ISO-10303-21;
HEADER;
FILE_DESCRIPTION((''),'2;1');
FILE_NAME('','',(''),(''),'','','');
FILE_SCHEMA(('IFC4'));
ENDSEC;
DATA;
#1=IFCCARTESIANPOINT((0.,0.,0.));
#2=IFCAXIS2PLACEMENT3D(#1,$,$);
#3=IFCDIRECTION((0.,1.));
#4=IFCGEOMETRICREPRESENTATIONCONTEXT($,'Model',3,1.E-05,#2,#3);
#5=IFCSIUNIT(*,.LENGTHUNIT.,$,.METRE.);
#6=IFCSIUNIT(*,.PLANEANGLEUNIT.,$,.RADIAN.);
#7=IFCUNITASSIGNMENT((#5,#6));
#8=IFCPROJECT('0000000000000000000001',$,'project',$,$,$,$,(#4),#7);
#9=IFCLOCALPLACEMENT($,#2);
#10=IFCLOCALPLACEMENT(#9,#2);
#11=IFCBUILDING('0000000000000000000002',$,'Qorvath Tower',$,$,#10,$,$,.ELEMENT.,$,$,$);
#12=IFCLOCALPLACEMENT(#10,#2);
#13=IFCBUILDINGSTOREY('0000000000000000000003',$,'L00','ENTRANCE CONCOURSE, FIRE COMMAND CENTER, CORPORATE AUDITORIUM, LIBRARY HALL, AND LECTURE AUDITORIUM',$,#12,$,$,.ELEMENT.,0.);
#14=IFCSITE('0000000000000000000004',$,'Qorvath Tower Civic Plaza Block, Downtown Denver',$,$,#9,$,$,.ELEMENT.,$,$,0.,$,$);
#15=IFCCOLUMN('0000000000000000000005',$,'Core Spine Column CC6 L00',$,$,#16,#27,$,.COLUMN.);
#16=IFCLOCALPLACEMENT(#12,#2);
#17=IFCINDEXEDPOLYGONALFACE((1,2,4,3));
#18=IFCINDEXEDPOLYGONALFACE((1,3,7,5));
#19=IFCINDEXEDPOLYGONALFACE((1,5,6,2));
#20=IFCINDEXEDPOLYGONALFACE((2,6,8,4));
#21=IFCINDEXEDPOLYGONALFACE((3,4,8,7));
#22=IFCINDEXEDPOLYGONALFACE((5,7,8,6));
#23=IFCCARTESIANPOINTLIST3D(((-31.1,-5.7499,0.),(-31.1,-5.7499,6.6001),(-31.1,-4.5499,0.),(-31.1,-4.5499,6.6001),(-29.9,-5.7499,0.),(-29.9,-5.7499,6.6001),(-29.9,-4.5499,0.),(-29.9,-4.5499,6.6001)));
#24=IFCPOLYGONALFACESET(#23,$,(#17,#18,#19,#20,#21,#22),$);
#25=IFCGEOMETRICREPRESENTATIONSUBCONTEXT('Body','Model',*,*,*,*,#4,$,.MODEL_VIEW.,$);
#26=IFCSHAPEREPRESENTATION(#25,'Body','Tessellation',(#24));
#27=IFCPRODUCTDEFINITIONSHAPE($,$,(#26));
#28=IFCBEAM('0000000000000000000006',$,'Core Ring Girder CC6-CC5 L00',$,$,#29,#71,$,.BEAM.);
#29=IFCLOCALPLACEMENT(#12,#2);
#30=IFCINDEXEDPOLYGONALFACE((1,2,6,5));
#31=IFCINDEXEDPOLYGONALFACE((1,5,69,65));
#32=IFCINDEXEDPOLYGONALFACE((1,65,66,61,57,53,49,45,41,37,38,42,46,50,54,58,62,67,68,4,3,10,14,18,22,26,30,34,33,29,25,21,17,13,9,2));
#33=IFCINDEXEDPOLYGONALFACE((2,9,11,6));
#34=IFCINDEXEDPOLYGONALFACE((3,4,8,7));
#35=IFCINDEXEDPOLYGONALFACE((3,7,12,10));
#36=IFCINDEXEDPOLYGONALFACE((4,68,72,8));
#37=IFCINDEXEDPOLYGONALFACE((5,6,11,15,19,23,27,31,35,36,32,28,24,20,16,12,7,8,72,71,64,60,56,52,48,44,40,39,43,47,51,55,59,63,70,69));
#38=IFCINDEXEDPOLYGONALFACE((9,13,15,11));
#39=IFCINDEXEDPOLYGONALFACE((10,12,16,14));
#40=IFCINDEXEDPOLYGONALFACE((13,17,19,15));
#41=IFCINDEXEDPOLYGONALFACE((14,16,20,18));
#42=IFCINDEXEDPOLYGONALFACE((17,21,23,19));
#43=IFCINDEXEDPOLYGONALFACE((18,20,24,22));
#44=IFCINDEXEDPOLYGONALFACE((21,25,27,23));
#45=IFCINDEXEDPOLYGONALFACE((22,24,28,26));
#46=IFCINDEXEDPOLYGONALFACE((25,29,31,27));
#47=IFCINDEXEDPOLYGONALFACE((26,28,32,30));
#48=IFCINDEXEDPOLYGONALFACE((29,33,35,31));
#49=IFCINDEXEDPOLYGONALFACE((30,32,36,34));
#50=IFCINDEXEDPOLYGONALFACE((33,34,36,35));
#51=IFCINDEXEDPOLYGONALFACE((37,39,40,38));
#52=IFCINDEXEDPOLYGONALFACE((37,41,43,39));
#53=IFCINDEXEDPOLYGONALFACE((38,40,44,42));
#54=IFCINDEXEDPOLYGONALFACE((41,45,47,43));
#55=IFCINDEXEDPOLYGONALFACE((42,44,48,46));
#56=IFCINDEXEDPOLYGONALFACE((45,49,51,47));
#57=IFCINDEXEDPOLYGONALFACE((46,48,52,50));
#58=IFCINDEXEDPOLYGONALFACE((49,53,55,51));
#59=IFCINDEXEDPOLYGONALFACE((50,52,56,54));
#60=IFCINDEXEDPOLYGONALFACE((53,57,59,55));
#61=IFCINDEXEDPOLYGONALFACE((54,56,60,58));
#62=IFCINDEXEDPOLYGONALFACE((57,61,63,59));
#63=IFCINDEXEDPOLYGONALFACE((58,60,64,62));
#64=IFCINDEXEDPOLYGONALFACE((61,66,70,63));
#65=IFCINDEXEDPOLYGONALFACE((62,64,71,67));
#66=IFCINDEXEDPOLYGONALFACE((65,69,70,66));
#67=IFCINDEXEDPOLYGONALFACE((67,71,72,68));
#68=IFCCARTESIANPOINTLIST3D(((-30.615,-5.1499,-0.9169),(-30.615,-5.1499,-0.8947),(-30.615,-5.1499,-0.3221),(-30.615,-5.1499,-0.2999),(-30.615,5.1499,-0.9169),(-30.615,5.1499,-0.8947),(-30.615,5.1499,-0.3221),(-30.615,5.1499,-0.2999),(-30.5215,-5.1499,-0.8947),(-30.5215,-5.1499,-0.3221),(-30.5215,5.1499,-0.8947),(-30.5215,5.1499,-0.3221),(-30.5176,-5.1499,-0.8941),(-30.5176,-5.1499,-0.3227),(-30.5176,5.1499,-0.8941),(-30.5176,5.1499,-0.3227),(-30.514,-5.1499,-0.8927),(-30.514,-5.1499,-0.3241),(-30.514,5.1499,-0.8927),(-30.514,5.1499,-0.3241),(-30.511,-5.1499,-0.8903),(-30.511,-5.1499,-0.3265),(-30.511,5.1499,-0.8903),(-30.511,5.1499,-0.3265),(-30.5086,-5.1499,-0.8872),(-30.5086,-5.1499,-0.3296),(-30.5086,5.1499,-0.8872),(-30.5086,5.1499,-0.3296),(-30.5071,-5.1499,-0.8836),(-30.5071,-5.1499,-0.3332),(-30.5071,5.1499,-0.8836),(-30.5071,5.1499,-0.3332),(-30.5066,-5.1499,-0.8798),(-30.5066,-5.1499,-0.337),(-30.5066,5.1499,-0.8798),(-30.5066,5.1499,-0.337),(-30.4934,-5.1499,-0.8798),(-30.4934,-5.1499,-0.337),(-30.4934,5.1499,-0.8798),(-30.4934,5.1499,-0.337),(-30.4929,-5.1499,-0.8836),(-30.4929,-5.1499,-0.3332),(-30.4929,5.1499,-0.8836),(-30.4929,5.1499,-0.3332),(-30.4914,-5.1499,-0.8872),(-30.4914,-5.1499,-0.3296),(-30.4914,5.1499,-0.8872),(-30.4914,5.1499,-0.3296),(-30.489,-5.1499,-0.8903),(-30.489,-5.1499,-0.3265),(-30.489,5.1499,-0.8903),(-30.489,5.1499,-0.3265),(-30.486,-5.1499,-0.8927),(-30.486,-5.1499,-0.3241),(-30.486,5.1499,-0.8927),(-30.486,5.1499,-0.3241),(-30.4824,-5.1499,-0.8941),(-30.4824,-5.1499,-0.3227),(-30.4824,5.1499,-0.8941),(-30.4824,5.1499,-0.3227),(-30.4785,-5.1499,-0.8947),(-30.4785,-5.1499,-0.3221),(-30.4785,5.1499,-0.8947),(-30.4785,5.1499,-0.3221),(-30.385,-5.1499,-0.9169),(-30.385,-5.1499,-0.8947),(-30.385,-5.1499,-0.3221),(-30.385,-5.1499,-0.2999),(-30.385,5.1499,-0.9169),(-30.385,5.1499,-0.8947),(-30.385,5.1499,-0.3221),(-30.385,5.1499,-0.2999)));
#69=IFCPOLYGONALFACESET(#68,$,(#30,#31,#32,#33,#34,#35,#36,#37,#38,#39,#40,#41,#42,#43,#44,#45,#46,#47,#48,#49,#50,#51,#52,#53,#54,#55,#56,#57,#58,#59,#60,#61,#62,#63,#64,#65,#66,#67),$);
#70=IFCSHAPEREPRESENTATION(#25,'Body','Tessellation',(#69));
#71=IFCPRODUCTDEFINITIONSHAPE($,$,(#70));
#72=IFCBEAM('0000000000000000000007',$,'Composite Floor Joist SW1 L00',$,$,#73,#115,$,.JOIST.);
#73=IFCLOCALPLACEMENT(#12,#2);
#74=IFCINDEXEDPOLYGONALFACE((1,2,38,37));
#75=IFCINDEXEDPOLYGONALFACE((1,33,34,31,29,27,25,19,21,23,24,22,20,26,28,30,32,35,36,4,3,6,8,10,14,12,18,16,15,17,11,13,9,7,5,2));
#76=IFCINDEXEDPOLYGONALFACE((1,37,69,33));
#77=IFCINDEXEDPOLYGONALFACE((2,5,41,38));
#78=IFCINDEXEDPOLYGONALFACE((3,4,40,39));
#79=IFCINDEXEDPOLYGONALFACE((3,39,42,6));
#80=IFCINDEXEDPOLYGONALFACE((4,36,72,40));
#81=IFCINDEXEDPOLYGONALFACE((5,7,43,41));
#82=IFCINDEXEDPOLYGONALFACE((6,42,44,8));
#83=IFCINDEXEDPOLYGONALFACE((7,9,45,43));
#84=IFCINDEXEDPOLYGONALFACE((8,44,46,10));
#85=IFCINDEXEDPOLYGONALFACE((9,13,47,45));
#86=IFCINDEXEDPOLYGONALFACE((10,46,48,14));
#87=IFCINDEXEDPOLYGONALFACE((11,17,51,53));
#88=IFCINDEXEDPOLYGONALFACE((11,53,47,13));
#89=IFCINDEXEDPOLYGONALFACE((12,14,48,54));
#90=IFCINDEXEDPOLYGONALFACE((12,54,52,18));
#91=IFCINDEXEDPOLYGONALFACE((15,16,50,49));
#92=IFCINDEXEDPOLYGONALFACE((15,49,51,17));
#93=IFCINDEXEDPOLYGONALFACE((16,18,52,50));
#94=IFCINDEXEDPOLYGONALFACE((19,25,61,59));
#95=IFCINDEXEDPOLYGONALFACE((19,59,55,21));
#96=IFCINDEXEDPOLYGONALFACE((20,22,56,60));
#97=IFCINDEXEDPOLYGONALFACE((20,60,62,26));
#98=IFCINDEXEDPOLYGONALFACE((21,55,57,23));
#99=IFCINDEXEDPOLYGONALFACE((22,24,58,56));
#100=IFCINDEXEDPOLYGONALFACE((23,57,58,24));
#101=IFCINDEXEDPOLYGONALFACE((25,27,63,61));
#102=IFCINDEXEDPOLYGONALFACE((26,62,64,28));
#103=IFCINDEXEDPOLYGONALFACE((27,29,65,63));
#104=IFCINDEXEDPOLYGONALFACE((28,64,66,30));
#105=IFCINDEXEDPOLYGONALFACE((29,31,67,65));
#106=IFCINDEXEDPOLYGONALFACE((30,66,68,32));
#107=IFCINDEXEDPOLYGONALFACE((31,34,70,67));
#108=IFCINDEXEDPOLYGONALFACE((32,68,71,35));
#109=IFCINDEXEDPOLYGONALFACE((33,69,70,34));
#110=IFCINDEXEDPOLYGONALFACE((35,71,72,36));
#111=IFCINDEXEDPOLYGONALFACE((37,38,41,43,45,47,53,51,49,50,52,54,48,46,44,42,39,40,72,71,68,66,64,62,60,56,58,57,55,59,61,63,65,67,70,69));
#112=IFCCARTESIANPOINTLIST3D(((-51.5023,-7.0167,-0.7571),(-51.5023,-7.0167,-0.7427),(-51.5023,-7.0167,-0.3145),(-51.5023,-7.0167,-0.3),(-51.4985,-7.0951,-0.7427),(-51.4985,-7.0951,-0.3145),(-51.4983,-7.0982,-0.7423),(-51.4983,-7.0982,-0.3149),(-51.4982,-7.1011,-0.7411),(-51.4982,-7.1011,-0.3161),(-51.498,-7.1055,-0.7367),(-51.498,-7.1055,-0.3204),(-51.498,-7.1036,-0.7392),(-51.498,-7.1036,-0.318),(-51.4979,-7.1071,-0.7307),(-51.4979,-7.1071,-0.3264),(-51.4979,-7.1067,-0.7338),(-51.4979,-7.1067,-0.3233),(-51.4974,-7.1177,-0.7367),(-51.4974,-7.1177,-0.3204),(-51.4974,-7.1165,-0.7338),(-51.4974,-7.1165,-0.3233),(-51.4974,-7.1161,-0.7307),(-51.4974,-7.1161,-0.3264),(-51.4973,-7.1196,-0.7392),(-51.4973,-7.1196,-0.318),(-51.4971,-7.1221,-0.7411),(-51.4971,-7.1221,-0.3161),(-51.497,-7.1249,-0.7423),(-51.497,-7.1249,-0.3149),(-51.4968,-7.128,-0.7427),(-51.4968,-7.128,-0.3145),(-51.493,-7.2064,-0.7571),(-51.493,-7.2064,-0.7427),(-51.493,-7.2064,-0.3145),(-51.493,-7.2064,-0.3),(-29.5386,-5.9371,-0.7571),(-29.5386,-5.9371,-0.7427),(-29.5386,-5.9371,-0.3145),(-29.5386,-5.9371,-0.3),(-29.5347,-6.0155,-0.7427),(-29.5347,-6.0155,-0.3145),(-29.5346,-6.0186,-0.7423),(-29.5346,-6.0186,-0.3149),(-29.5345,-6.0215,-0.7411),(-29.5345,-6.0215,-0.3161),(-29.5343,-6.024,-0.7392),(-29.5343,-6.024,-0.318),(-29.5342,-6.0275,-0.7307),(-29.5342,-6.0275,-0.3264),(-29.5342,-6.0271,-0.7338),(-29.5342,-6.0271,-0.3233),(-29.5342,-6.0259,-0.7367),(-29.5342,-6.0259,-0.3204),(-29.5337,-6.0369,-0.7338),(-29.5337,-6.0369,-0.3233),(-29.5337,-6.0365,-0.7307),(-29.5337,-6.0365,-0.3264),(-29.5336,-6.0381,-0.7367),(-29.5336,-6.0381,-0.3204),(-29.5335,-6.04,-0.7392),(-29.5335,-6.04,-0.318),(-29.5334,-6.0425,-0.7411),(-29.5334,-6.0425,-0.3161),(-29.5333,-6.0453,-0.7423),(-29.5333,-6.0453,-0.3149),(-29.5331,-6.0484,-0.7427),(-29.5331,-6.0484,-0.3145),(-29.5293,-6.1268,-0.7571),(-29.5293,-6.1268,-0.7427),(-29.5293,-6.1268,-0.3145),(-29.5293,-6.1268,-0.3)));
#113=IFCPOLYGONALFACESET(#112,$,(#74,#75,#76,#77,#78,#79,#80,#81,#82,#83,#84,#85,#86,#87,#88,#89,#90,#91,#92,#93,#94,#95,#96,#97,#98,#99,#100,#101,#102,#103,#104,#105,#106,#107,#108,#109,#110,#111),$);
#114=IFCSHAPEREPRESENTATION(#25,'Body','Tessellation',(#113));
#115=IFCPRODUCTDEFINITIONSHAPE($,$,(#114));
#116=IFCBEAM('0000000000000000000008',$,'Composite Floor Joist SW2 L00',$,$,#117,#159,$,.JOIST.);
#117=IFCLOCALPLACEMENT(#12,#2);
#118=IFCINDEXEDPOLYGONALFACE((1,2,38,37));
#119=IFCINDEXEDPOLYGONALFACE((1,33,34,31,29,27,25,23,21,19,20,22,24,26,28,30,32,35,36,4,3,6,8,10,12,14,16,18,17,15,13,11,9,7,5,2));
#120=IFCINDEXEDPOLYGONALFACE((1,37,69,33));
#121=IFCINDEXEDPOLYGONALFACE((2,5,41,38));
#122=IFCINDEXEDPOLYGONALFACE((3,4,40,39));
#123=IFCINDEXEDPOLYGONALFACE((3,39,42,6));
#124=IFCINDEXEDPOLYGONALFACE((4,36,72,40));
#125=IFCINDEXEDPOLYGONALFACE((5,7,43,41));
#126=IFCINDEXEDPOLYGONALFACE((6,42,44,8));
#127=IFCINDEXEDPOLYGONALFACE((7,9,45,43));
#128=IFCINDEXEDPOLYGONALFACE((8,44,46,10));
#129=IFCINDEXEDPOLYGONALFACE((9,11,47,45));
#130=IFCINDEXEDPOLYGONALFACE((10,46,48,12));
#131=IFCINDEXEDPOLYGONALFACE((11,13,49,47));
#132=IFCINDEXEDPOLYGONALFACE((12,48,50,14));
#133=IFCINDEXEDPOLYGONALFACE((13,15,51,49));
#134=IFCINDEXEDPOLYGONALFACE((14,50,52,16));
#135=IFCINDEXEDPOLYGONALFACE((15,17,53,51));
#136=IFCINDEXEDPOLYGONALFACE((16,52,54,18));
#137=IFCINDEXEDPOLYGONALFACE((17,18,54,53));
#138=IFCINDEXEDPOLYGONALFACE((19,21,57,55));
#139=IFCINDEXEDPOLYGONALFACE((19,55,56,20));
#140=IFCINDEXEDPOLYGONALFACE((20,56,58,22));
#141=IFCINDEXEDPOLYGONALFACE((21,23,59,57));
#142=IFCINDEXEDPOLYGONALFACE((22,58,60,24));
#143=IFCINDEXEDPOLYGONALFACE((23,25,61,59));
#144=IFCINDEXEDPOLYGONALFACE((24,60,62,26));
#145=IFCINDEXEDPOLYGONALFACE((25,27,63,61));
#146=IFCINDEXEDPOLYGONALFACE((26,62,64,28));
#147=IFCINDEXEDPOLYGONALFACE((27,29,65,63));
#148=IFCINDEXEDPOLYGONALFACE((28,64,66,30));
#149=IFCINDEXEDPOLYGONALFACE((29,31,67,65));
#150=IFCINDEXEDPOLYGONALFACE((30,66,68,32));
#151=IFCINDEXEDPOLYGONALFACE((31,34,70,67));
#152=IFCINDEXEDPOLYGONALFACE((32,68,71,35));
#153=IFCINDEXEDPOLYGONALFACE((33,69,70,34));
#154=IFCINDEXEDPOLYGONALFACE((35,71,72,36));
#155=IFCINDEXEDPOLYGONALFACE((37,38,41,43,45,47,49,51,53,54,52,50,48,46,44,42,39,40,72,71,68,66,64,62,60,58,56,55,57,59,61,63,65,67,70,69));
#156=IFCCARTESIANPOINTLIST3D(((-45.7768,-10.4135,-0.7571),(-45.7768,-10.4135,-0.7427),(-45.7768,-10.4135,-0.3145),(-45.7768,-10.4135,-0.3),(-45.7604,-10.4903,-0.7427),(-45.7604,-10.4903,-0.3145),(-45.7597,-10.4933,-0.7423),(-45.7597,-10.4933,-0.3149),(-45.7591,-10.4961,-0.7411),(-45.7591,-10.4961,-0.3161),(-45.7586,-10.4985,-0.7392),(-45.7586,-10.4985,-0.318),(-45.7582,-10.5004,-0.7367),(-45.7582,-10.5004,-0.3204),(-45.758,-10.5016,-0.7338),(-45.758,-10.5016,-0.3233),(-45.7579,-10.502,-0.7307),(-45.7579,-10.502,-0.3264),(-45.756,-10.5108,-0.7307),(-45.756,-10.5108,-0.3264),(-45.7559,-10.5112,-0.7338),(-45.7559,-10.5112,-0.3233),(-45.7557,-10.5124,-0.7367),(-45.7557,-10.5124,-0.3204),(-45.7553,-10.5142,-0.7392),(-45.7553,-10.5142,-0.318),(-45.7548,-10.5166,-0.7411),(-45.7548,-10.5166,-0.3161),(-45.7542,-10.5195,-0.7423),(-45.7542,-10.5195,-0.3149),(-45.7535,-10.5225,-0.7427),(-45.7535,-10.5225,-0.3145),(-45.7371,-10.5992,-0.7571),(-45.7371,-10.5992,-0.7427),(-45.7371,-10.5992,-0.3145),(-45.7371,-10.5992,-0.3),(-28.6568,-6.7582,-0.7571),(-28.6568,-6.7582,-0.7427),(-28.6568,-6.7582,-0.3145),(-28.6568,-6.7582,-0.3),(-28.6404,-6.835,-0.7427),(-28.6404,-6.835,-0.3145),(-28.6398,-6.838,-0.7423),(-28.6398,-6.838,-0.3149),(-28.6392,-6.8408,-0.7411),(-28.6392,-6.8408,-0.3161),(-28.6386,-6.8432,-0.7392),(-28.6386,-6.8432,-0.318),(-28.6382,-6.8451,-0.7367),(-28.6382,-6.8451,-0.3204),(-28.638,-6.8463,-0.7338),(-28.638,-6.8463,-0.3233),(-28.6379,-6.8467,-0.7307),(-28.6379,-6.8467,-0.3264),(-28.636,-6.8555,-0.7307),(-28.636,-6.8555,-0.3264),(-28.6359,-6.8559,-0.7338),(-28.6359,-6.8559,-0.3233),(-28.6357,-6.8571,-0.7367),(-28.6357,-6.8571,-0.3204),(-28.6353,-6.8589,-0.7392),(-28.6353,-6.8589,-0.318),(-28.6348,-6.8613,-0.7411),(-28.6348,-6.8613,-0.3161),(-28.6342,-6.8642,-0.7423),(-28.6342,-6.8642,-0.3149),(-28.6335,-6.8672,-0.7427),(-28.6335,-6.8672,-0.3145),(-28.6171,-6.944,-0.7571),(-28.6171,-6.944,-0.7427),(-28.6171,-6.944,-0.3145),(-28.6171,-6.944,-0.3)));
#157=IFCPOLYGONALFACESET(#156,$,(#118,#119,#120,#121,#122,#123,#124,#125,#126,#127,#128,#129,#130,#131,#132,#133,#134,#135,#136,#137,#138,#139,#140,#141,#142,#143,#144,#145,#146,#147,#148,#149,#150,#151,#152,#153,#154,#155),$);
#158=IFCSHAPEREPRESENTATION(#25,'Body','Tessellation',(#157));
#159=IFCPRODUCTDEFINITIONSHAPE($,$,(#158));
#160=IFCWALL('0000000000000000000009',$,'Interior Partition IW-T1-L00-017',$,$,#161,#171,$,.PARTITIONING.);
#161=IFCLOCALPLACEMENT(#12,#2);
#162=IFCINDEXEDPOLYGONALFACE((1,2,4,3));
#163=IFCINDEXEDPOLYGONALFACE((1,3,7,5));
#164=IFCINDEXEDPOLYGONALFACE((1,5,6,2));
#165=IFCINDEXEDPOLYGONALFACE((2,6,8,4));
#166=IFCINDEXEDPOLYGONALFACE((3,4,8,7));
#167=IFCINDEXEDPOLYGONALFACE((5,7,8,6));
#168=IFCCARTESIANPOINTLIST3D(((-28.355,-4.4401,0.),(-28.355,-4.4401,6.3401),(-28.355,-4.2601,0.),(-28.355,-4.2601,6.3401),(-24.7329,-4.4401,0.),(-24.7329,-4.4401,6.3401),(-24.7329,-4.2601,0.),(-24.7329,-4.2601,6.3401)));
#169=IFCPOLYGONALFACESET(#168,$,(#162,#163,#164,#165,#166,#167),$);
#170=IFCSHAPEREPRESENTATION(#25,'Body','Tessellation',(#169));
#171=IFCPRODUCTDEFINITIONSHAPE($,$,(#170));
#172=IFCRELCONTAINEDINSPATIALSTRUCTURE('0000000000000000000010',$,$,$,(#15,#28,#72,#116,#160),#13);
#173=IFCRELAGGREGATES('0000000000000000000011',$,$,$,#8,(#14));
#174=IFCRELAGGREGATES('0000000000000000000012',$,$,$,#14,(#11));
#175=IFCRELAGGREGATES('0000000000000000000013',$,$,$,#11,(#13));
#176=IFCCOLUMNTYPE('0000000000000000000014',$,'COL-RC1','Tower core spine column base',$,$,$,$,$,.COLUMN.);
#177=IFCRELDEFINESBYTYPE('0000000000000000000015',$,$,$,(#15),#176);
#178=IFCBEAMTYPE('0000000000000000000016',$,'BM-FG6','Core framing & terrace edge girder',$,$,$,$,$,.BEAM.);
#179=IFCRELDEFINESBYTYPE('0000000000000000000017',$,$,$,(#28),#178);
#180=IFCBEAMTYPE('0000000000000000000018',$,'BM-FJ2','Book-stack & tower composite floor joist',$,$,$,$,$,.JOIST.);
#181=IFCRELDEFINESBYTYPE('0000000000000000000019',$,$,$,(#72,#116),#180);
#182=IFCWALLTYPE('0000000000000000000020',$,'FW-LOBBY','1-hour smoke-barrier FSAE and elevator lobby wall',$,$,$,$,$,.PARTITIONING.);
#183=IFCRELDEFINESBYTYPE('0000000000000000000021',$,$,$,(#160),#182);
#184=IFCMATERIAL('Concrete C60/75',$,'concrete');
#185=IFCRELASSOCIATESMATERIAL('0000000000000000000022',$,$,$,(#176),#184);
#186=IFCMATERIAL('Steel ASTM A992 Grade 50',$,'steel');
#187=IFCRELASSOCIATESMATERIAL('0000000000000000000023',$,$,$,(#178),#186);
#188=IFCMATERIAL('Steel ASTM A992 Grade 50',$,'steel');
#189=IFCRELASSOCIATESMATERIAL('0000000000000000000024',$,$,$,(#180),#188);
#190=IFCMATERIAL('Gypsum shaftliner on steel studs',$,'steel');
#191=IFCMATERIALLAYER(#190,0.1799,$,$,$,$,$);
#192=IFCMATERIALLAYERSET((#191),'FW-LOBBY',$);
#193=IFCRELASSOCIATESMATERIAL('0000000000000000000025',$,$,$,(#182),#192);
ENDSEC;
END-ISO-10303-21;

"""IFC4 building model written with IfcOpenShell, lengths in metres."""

from ifc_helpers import new_model, si_unit, direction, frame, frame_2d, origin, origin_2d, place, context, subcontext, project, spatial, rectangle, i_section, extrude, material, layer, layer_set, material_profile, profile_set, type_object, element, save


model = new_model("IFC4")

# Units and contexts
model_context = context("Model", 3, precision=1e-05, world=origin(), true_north=direction((0.0, 1.0)))
body_context = subcontext(model_context, "Body", "Model", "MODEL_VIEW")
ifc_project = project(units=[si_unit("LENGTHUNIT", "METRE"), si_unit("PLANEANGLEUNIT", "RADIAN")], contexts=[model_context])

# Site, building, storey
site_placement = place(None, origin())
site = spatial("IfcSite", under=ifc_project, at=site_placement, Name="Qorvath Tower Civic Plaza Block, Downtown Denver", CompositionType="ELEMENT", RefElevation=0.0)
building_placement = place(site_placement, origin())
building = spatial("IfcBuilding", under=site, at=building_placement, Name="Qorvath Tower", CompositionType="ELEMENT")
storey_placement = place(building_placement, origin())
storey = spatial("IfcBuildingStorey", under=building, at=storey_placement, Name="L00", Description="ENTRANCE CONCOURSE, FIRE COMMAND CENTER, CORPORATE AUDITORIUM, LIBRARY HALL, AND LECTURE AUDITORIUM", CompositionType="ELEMENT", Elevation=0.0)

# Column
ifc_material_1 = material(Name="Concrete C60/75", Category="concrete")
ifc_material_profile_1 = material_profile(ifc_material_1, rectangle(XDim=1.2, YDim=1.2, at=origin_2d()), Name="RC 1200x1200")
ifc_profile_set_1 = profile_set([ifc_material_profile_1], Name="Concrete C60/75")
column_type = type_object("IfcColumnType", Name="COL-RC1", Description="Tower core spine column base", PredefinedType="COLUMN", material=ifc_profile_set_1)
column_placement = place(storey_placement, frame((-30.5, -5.1499, 0.0), z_axis=(0.0, 0.0, 1.0), x_axis=(1.0, 0.0, 0.0)))
element("IfcColumn", 1, at=column_placement, inside=storey, type_object=column_type, Name="Core Spine Column CC6 L00", PredefinedType="COLUMN", context=body_context, shape_type="SweptSolid", body=[
    extrude(rectangle(XDim=1.2, YDim=1.2, at=origin_2d()), origin(), (0.0, 0.0, 1.0), 6.6001),
])

# Beams
ifc_material_2 = material(Name="Steel ASTM A992 Grade 50", Category="steel")
ifc_material_profile_2 = material_profile(ifc_material_2, i_section(OverallWidth=0.23, OverallDepth=0.6169, WebThickness=0.0132, FlangeThickness=0.0222, FilletRadius=0.0149, at=origin_2d()), Name="W24x94")
ifc_profile_set_2 = profile_set([ifc_material_profile_2], Name="Steel ASTM A992 Grade 50")
beam_type_1 = type_object("IfcBeamType", Name="BM-FG6", Description="Core framing & terrace edge girder", PredefinedType="BEAM", material=ifc_profile_set_2)
beam_1_placement = place(storey_placement, frame((-30.5, -5.1499, -0.6084), z_axis=(0.0, 1.0, 0.0), x_axis=(-1.0, 0.0, 0.0)))
element("IfcBeam", 2, at=beam_1_placement, inside=storey, type_object=beam_type_1, Name="Core Ring Girder CC6-CC5 L00", PredefinedType="BEAM", context=body_context, shape_type="SweptSolid", body=[
    extrude(i_section(OverallWidth=0.23, OverallDepth=0.6169, WebThickness=0.0132, FlangeThickness=0.0222, FilletRadius=0.0149, at=origin_2d()), origin(), (0.0, 0.0, 1.0), 10.2998),
])
ifc_material_3 = material(Name="Steel ASTM A992 Grade 50", Category="steel")
ifc_material_profile_3 = material_profile(ifc_material_3, i_section(OverallWidth=0.1899, OverallDepth=0.457, WebThickness=0.009, FlangeThickness=0.0144, FilletRadius=0.012, at=origin_2d()), Name="W18x50")
ifc_profile_set_3 = profile_set([ifc_material_profile_3], Name="Steel ASTM A992 Grade 50")
beam_type_2 = type_object("IfcBeamType", Name="BM-FJ2", Description="Book-stack & tower composite floor joist", PredefinedType="JOIST", material=ifc_profile_set_3)
beam_2_placement = place(storey_placement, frame((-29.5339, -6.032, -0.5286), z_axis=(-0.998794, -0.049094, 0.0), x_axis=(0.049094, -0.998794, 0.0)))
element("IfcBeam", 3, at=beam_2_placement, inside=storey, type_object=beam_type_2, Name="Composite Floor Joist SW1 L00", PredefinedType="JOIST", context=body_context, shape_type="SweptSolid", body=[
    extrude(i_section(OverallWidth=0.1899, OverallDepth=0.457, WebThickness=0.009, FlangeThickness=0.0144, FilletRadius=0.012, at=origin_2d()), origin(), (0.0, 0.0, 1.0), 21.9902),
])
beam_3_placement = place(storey_placement, frame((-28.637, -6.8511, -0.5286), z_axis=(-0.977957, -0.208804, 0.0), x_axis=(0.208804, -0.977957, 0.0)))
element("IfcBeam", 4, at=beam_3_placement, inside=storey, type_object=beam_type_2, Name="Composite Floor Joist SW2 L00", PredefinedType="JOIST", context=body_context, shape_type="SweptSolid", body=[
    extrude(i_section(OverallWidth=0.1899, OverallDepth=0.457, WebThickness=0.009, FlangeThickness=0.0144, FilletRadius=0.012, at=origin_2d()), origin(), (0.0, 0.0, 1.0), 17.5059),
])

# Wall
ifc_material_4 = material(Name="Gypsum shaftliner on steel studs", Category="steel")
ifc_layer_1 = layer(ifc_material_4, 0.1799)
ifc_layer_set_1 = layer_set([ifc_layer_1], Name="FW-LOBBY")
wall_type_1 = type_object("IfcWallType", Name="FW-LOBBY", Description="1-hour smoke-barrier FSAE and elevator lobby wall", PredefinedType="PARTITIONING", material=ifc_layer_set_1)
wall_1_placement = place(storey_placement, frame((-24.7329, -4.3501, 0.0), z_axis=(0.0, 0.0, 1.0), x_axis=(-1.0, 0.0, 0.0)))
element("IfcWall", 5, at=wall_1_placement, inside=storey, type_object=wall_type_1, Name="Interior Partition IW-T1-L00-017", PredefinedType="PARTITIONING", context=body_context, shape_type="SweptSolid", body=[
    extrude(rectangle(XDim=3.6221, YDim=0.1799, at=frame_2d((1.811, 0.0))), origin(), (0.0, 0.0, 1.0), 6.3401),
])

save(model, "model.ifc")
